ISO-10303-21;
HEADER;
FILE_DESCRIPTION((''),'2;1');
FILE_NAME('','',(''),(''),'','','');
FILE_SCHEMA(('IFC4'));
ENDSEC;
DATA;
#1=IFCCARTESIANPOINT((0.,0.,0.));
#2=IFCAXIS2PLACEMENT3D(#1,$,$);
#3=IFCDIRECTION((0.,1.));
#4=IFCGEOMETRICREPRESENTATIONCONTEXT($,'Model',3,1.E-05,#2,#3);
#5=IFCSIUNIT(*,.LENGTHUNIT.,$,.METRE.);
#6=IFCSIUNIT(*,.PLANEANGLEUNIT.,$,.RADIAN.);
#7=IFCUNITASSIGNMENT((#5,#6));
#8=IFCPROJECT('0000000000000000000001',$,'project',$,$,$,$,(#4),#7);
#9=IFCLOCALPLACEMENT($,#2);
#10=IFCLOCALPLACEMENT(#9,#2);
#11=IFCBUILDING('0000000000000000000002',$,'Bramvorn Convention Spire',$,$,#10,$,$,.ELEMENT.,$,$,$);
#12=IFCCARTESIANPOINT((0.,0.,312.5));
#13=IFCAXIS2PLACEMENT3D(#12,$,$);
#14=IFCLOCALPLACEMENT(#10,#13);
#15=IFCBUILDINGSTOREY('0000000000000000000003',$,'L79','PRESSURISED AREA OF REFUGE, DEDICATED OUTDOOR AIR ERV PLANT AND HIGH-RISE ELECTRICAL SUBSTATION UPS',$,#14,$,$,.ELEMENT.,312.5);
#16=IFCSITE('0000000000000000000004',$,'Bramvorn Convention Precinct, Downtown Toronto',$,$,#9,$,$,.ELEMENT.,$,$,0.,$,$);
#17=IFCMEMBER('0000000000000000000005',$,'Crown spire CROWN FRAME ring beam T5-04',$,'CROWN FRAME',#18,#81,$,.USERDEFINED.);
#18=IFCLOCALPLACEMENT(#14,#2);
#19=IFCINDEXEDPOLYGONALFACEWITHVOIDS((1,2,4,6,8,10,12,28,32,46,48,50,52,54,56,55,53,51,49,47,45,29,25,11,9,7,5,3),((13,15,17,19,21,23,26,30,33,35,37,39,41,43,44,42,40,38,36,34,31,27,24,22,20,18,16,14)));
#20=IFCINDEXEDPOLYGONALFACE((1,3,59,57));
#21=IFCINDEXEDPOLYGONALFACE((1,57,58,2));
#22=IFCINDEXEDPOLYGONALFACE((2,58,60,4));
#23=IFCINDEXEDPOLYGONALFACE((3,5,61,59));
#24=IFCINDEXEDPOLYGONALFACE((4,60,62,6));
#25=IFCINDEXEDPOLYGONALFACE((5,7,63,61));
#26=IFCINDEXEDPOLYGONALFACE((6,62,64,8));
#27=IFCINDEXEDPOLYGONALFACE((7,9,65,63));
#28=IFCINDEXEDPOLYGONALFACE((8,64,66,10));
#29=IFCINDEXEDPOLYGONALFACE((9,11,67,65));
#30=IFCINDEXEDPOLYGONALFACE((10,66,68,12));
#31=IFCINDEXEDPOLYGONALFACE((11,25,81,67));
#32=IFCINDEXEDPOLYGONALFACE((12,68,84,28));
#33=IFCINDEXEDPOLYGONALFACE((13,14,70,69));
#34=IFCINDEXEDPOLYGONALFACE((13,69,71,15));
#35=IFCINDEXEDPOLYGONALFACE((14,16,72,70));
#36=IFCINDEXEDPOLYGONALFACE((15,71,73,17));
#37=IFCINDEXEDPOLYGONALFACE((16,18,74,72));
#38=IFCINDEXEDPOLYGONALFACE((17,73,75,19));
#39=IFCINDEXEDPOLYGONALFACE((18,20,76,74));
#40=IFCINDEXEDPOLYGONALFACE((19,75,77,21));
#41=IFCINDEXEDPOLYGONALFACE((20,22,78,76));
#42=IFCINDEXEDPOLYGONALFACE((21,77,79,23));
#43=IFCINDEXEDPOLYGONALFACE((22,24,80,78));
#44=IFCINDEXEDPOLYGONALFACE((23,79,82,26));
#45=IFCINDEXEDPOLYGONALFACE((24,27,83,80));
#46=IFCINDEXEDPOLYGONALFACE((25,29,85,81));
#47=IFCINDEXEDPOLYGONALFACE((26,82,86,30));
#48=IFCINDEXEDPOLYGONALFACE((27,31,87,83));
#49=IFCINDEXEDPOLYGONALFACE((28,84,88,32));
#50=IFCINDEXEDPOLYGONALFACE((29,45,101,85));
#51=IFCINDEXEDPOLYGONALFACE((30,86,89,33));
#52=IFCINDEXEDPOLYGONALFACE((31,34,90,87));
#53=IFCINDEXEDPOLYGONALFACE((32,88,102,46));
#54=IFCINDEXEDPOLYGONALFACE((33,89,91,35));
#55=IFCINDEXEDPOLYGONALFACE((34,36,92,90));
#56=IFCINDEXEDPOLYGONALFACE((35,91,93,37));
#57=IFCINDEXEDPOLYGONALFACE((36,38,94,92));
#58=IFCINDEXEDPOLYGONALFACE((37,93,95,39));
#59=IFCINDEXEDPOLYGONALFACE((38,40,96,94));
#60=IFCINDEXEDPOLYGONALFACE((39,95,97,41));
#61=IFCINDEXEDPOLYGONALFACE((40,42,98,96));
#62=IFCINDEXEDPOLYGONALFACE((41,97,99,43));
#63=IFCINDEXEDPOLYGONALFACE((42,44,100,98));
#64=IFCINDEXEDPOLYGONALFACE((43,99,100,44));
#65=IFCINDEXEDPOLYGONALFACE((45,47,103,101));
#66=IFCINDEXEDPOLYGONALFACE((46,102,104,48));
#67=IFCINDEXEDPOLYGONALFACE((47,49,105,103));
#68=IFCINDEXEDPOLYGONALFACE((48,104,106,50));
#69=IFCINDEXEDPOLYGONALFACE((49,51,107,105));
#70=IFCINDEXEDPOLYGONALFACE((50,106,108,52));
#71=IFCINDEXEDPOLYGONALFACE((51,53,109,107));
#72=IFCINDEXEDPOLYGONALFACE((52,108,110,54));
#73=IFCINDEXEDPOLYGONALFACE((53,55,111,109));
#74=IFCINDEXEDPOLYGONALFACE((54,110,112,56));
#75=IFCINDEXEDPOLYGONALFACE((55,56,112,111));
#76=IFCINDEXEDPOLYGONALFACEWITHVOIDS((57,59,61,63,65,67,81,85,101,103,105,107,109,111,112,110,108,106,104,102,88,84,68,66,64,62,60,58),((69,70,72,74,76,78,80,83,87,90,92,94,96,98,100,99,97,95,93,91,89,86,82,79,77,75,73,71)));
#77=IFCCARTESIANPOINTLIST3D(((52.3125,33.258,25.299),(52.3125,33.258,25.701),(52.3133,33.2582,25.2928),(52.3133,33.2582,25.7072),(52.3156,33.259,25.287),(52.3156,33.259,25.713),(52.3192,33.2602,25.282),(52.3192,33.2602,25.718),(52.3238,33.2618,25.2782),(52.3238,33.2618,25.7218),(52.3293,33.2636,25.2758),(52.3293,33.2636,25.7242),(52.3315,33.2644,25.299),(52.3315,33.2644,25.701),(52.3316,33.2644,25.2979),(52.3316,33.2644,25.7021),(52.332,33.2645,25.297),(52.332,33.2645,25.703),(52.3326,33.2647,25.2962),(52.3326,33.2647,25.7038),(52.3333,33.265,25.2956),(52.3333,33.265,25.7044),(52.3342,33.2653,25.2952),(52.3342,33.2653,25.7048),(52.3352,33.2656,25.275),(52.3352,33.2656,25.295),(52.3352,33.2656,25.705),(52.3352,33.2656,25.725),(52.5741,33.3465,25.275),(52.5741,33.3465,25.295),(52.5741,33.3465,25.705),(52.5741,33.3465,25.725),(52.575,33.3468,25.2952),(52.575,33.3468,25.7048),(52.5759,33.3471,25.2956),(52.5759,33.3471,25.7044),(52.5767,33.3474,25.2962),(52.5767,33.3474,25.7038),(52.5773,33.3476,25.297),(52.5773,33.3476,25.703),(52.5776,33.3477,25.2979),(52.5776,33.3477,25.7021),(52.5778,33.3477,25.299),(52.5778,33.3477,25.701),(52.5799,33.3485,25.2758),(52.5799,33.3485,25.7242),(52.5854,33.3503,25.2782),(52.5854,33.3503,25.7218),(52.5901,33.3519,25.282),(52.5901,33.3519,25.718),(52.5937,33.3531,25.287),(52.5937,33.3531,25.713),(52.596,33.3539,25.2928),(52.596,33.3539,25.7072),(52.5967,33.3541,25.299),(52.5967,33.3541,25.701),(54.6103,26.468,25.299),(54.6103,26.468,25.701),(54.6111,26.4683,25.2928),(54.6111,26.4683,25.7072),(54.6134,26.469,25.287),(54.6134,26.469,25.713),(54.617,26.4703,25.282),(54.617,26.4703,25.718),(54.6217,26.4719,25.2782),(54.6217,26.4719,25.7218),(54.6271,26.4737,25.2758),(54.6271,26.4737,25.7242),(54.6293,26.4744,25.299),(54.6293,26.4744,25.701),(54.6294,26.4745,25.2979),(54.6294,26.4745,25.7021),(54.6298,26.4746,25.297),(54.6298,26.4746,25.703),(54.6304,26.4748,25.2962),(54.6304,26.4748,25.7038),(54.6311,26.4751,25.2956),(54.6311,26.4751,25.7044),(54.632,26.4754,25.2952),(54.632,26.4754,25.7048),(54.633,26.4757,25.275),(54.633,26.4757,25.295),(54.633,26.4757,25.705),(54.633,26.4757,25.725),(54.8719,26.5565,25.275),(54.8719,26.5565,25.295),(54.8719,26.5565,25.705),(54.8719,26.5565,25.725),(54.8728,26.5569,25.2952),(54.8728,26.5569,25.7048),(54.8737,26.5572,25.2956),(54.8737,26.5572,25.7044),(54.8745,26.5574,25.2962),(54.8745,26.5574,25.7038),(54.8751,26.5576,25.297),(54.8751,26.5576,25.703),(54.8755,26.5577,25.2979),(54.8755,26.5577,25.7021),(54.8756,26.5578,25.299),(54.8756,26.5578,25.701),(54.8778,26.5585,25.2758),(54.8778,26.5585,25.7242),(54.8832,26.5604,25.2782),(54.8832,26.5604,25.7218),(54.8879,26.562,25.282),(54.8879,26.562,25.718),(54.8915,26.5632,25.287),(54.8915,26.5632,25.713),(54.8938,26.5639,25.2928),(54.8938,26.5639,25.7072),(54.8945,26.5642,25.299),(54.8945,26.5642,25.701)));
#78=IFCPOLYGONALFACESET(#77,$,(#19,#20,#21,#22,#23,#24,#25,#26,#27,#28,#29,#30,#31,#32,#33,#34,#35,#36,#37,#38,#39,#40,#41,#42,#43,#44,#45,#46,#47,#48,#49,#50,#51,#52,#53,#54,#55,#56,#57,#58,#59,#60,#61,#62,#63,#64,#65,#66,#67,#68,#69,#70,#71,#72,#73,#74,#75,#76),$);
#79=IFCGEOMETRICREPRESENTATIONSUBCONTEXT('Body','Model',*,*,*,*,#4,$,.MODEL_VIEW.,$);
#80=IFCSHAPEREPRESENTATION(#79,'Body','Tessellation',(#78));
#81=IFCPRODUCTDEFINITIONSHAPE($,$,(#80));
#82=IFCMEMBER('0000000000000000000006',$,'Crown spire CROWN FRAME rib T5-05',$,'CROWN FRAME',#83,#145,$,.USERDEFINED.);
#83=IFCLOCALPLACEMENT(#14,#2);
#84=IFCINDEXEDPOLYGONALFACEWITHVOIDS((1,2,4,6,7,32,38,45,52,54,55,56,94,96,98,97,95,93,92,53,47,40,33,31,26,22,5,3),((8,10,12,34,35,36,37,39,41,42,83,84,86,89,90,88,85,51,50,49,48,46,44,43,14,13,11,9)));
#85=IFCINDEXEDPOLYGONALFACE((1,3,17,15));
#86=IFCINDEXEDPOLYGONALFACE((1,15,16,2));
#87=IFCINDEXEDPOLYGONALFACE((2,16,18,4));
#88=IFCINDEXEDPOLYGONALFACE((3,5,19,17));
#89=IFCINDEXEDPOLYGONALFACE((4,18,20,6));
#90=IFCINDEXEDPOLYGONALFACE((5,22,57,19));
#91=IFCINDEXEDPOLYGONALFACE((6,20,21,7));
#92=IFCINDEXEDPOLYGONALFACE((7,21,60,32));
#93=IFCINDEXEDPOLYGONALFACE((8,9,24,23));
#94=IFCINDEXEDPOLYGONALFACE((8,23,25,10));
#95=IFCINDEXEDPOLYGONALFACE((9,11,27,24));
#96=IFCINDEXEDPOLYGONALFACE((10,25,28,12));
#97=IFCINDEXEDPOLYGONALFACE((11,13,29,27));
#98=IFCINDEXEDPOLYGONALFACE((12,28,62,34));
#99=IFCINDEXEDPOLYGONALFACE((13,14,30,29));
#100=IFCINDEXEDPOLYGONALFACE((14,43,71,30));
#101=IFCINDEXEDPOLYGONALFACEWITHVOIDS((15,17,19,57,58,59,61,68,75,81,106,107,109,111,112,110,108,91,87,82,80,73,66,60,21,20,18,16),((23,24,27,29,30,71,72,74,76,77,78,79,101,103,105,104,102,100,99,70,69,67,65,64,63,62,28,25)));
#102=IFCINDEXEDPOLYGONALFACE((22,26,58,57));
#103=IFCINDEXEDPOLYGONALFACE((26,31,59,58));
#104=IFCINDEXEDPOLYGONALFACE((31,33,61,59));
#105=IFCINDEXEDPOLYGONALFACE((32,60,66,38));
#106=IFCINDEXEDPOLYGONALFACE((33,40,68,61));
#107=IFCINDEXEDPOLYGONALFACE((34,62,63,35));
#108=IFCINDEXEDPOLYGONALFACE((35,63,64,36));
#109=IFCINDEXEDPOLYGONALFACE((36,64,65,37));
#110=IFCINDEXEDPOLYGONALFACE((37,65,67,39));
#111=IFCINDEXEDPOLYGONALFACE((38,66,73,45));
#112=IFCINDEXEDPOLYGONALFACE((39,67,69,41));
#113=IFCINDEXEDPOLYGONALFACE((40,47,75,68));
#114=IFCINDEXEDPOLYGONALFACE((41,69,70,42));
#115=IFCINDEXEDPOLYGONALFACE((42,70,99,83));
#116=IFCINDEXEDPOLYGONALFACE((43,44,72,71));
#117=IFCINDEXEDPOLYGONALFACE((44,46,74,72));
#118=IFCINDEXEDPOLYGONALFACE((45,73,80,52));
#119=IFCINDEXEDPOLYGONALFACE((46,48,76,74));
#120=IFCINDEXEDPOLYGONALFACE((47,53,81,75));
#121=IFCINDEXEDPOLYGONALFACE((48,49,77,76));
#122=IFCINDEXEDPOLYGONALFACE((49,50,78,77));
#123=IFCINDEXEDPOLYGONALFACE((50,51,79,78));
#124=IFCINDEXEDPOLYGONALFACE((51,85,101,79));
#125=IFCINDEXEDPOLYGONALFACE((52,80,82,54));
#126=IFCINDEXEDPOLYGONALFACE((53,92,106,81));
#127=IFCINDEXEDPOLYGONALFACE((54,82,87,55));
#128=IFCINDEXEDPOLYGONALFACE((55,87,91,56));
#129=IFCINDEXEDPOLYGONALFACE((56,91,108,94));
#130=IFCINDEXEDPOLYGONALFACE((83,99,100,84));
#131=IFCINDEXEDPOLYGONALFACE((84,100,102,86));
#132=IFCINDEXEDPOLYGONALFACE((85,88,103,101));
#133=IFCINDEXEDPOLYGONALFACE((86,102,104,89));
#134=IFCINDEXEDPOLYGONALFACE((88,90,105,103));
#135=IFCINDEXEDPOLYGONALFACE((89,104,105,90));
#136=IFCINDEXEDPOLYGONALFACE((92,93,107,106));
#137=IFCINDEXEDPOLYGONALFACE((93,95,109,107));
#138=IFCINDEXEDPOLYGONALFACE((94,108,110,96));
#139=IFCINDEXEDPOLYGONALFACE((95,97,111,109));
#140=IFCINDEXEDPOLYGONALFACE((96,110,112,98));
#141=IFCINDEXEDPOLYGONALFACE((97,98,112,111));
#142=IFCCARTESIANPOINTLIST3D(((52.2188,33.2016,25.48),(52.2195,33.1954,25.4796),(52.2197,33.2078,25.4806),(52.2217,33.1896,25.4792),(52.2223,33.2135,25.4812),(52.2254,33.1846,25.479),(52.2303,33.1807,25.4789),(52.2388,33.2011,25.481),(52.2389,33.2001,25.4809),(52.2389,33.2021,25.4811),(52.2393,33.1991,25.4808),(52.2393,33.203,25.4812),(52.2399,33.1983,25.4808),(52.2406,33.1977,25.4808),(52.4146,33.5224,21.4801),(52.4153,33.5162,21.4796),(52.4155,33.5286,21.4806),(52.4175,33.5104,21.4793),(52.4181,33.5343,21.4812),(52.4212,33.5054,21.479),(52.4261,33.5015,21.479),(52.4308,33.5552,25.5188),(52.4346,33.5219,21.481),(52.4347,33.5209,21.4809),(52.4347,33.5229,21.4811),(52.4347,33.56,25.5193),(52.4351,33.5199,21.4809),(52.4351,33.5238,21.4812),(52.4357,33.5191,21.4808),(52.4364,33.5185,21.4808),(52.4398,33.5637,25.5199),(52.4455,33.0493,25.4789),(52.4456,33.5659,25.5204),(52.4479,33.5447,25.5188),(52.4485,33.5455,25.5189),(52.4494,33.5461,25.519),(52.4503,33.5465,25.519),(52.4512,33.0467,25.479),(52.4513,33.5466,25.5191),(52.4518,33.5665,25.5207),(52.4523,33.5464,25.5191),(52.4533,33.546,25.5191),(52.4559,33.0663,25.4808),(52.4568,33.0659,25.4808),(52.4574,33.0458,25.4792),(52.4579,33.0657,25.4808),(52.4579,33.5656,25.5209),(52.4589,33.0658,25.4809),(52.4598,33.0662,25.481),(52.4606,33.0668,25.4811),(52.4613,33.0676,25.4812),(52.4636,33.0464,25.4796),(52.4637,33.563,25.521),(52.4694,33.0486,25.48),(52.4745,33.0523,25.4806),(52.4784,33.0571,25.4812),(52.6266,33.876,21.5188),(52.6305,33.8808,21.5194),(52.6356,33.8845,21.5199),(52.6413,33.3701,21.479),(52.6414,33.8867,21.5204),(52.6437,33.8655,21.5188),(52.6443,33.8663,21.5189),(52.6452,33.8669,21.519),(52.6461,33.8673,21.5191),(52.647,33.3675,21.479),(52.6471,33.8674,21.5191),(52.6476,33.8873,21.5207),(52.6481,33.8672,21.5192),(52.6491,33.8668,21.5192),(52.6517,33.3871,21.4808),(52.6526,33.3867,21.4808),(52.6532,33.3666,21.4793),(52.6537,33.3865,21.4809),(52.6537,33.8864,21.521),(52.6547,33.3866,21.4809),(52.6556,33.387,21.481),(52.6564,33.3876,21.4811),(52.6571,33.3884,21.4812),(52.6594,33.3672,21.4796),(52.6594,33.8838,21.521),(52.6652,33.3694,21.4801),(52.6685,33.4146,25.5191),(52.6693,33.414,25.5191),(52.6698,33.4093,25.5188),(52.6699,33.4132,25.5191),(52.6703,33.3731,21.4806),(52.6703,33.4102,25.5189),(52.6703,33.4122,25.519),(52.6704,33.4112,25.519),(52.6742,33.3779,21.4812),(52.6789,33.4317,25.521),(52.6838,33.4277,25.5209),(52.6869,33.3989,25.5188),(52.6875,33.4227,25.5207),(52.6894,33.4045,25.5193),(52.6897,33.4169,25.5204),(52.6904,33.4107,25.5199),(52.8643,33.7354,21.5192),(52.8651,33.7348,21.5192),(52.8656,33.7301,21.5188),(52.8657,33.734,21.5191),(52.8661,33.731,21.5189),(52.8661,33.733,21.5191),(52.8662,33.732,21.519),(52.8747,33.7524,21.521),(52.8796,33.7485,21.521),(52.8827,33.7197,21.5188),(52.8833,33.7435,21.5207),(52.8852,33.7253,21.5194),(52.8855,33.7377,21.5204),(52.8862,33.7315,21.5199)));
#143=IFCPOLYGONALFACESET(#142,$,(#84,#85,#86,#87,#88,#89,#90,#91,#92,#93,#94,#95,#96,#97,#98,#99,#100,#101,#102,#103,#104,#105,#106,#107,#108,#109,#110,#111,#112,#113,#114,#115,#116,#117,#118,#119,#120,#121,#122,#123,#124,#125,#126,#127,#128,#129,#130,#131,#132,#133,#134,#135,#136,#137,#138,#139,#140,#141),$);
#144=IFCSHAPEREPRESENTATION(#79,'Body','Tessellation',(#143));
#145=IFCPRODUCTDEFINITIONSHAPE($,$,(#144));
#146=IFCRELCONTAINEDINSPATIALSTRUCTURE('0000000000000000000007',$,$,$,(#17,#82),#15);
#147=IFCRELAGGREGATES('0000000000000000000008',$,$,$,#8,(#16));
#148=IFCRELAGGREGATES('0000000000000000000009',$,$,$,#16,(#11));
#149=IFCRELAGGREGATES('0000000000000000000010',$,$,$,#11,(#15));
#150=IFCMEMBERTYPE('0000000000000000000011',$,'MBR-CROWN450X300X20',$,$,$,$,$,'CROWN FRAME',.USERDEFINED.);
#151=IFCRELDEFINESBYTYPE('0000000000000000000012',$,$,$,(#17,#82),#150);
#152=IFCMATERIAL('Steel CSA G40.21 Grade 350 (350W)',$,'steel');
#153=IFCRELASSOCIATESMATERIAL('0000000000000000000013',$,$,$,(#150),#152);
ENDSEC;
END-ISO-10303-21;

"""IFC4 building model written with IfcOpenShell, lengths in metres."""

from ifc_helpers import new_model, si_unit, direction, frame, origin, origin_2d, place, context, subcontext, project, spatial, hollow_rectangle, extrude, material, material_profile, profile_set, type_object, element, save


model = new_model("IFC4")

# Units and contexts
model_context = context("Model", 3, precision=1e-05, world=origin(), true_north=direction((0.0, 1.0)))
body_context = subcontext(model_context, "Body", "Model", "MODEL_VIEW")
ifc_project = project(units=[si_unit("LENGTHUNIT", "METRE"), si_unit("PLANEANGLEUNIT", "RADIAN")], contexts=[model_context])

# Site, building, storey
site_placement = place(None, origin())
site = spatial("IfcSite", under=ifc_project, at=site_placement, Name="Bramvorn Convention Precinct, Downtown Toronto", CompositionType="ELEMENT", RefElevation=0.0)
building_placement = place(site_placement, origin())
building = spatial("IfcBuilding", under=site, at=building_placement, Name="Bramvorn Convention Spire", CompositionType="ELEMENT")
storey_placement = place(building_placement, frame((0.0, 0.0, 312.5)))
storey = spatial("IfcBuildingStorey", under=building, at=storey_placement, Name="L79", Description="PRESSURISED AREA OF REFUGE, DEDICATED OUTDOOR AIR ERV PLANT AND HIGH-RISE ELECTRICAL SUBSTATION UPS", CompositionType="ELEMENT", Elevation=312.5)

# Members
ifc_material_1 = material(Name="Steel CSA G40.21 Grade 350 (350W)", Category="steel")
ifc_material_profile_1 = material_profile(ifc_material_1, hollow_rectangle(XDim=0.3, YDim=0.45, WallThickness=0.02, InnerFilletRadius=0.0039, OuterFilletRadius=0.0239, at=origin_2d()))
ifc_profile_set_1 = profile_set([ifc_material_profile_1], Name="Steel CSA G40.21 Grade 350 (350W) - CROWN450X300X20")
member_type_1 = type_object("IfcMemberType", Name="MBR-CROWN450X300X20", ElementType="CROWN FRAME", PredefinedType="USERDEFINED", material=ifc_profile_set_1)
member_1_placement = place(storey_placement, frame((54.7524, 26.5161, 25.5), z_axis=(-0.320557, 0.947229, 0.0), x_axis=(-0.947229, -0.320557, 0.0)))
element("IfcMember", 1, at=member_1_placement, inside=storey, type_object=member_type_1, Name="Crown spire CROWN FRAME ring beam T5-04", ObjectType="CROWN FRAME", PredefinedType="USERDEFINED", context=body_context, shape_type="SweptSolid", body=[
    extrude(hollow_rectangle(XDim=0.3, YDim=0.45, WallThickness=0.02, InnerFilletRadius=0.0039, OuterFilletRadius=0.0239, at=origin_2d()), origin(), (0.0, 0.0, 1.0), 7.1682),
])
member_2_placement = place(storey_placement, frame((52.6504, 33.627, 21.5), z_axis=(-0.048736, -0.079849, 0.995615), x_axis=(0.853571, -0.520977, 0.0)))
element("IfcMember", 2, at=member_2_placement, inside=storey, type_object=member_type_1, Name="Crown spire CROWN FRAME rib T5-05", ObjectType="CROWN FRAME", PredefinedType="USERDEFINED", context=body_context, shape_type="SweptSolid", body=[
    extrude(hollow_rectangle(XDim=0.3, YDim=0.45, WallThickness=0.02, InnerFilletRadius=0.0039, OuterFilletRadius=0.0239, at=origin_2d()), origin(), (0.0, 0.0, 1.0), 4.0176),
])

save(model, "model.ifc")
